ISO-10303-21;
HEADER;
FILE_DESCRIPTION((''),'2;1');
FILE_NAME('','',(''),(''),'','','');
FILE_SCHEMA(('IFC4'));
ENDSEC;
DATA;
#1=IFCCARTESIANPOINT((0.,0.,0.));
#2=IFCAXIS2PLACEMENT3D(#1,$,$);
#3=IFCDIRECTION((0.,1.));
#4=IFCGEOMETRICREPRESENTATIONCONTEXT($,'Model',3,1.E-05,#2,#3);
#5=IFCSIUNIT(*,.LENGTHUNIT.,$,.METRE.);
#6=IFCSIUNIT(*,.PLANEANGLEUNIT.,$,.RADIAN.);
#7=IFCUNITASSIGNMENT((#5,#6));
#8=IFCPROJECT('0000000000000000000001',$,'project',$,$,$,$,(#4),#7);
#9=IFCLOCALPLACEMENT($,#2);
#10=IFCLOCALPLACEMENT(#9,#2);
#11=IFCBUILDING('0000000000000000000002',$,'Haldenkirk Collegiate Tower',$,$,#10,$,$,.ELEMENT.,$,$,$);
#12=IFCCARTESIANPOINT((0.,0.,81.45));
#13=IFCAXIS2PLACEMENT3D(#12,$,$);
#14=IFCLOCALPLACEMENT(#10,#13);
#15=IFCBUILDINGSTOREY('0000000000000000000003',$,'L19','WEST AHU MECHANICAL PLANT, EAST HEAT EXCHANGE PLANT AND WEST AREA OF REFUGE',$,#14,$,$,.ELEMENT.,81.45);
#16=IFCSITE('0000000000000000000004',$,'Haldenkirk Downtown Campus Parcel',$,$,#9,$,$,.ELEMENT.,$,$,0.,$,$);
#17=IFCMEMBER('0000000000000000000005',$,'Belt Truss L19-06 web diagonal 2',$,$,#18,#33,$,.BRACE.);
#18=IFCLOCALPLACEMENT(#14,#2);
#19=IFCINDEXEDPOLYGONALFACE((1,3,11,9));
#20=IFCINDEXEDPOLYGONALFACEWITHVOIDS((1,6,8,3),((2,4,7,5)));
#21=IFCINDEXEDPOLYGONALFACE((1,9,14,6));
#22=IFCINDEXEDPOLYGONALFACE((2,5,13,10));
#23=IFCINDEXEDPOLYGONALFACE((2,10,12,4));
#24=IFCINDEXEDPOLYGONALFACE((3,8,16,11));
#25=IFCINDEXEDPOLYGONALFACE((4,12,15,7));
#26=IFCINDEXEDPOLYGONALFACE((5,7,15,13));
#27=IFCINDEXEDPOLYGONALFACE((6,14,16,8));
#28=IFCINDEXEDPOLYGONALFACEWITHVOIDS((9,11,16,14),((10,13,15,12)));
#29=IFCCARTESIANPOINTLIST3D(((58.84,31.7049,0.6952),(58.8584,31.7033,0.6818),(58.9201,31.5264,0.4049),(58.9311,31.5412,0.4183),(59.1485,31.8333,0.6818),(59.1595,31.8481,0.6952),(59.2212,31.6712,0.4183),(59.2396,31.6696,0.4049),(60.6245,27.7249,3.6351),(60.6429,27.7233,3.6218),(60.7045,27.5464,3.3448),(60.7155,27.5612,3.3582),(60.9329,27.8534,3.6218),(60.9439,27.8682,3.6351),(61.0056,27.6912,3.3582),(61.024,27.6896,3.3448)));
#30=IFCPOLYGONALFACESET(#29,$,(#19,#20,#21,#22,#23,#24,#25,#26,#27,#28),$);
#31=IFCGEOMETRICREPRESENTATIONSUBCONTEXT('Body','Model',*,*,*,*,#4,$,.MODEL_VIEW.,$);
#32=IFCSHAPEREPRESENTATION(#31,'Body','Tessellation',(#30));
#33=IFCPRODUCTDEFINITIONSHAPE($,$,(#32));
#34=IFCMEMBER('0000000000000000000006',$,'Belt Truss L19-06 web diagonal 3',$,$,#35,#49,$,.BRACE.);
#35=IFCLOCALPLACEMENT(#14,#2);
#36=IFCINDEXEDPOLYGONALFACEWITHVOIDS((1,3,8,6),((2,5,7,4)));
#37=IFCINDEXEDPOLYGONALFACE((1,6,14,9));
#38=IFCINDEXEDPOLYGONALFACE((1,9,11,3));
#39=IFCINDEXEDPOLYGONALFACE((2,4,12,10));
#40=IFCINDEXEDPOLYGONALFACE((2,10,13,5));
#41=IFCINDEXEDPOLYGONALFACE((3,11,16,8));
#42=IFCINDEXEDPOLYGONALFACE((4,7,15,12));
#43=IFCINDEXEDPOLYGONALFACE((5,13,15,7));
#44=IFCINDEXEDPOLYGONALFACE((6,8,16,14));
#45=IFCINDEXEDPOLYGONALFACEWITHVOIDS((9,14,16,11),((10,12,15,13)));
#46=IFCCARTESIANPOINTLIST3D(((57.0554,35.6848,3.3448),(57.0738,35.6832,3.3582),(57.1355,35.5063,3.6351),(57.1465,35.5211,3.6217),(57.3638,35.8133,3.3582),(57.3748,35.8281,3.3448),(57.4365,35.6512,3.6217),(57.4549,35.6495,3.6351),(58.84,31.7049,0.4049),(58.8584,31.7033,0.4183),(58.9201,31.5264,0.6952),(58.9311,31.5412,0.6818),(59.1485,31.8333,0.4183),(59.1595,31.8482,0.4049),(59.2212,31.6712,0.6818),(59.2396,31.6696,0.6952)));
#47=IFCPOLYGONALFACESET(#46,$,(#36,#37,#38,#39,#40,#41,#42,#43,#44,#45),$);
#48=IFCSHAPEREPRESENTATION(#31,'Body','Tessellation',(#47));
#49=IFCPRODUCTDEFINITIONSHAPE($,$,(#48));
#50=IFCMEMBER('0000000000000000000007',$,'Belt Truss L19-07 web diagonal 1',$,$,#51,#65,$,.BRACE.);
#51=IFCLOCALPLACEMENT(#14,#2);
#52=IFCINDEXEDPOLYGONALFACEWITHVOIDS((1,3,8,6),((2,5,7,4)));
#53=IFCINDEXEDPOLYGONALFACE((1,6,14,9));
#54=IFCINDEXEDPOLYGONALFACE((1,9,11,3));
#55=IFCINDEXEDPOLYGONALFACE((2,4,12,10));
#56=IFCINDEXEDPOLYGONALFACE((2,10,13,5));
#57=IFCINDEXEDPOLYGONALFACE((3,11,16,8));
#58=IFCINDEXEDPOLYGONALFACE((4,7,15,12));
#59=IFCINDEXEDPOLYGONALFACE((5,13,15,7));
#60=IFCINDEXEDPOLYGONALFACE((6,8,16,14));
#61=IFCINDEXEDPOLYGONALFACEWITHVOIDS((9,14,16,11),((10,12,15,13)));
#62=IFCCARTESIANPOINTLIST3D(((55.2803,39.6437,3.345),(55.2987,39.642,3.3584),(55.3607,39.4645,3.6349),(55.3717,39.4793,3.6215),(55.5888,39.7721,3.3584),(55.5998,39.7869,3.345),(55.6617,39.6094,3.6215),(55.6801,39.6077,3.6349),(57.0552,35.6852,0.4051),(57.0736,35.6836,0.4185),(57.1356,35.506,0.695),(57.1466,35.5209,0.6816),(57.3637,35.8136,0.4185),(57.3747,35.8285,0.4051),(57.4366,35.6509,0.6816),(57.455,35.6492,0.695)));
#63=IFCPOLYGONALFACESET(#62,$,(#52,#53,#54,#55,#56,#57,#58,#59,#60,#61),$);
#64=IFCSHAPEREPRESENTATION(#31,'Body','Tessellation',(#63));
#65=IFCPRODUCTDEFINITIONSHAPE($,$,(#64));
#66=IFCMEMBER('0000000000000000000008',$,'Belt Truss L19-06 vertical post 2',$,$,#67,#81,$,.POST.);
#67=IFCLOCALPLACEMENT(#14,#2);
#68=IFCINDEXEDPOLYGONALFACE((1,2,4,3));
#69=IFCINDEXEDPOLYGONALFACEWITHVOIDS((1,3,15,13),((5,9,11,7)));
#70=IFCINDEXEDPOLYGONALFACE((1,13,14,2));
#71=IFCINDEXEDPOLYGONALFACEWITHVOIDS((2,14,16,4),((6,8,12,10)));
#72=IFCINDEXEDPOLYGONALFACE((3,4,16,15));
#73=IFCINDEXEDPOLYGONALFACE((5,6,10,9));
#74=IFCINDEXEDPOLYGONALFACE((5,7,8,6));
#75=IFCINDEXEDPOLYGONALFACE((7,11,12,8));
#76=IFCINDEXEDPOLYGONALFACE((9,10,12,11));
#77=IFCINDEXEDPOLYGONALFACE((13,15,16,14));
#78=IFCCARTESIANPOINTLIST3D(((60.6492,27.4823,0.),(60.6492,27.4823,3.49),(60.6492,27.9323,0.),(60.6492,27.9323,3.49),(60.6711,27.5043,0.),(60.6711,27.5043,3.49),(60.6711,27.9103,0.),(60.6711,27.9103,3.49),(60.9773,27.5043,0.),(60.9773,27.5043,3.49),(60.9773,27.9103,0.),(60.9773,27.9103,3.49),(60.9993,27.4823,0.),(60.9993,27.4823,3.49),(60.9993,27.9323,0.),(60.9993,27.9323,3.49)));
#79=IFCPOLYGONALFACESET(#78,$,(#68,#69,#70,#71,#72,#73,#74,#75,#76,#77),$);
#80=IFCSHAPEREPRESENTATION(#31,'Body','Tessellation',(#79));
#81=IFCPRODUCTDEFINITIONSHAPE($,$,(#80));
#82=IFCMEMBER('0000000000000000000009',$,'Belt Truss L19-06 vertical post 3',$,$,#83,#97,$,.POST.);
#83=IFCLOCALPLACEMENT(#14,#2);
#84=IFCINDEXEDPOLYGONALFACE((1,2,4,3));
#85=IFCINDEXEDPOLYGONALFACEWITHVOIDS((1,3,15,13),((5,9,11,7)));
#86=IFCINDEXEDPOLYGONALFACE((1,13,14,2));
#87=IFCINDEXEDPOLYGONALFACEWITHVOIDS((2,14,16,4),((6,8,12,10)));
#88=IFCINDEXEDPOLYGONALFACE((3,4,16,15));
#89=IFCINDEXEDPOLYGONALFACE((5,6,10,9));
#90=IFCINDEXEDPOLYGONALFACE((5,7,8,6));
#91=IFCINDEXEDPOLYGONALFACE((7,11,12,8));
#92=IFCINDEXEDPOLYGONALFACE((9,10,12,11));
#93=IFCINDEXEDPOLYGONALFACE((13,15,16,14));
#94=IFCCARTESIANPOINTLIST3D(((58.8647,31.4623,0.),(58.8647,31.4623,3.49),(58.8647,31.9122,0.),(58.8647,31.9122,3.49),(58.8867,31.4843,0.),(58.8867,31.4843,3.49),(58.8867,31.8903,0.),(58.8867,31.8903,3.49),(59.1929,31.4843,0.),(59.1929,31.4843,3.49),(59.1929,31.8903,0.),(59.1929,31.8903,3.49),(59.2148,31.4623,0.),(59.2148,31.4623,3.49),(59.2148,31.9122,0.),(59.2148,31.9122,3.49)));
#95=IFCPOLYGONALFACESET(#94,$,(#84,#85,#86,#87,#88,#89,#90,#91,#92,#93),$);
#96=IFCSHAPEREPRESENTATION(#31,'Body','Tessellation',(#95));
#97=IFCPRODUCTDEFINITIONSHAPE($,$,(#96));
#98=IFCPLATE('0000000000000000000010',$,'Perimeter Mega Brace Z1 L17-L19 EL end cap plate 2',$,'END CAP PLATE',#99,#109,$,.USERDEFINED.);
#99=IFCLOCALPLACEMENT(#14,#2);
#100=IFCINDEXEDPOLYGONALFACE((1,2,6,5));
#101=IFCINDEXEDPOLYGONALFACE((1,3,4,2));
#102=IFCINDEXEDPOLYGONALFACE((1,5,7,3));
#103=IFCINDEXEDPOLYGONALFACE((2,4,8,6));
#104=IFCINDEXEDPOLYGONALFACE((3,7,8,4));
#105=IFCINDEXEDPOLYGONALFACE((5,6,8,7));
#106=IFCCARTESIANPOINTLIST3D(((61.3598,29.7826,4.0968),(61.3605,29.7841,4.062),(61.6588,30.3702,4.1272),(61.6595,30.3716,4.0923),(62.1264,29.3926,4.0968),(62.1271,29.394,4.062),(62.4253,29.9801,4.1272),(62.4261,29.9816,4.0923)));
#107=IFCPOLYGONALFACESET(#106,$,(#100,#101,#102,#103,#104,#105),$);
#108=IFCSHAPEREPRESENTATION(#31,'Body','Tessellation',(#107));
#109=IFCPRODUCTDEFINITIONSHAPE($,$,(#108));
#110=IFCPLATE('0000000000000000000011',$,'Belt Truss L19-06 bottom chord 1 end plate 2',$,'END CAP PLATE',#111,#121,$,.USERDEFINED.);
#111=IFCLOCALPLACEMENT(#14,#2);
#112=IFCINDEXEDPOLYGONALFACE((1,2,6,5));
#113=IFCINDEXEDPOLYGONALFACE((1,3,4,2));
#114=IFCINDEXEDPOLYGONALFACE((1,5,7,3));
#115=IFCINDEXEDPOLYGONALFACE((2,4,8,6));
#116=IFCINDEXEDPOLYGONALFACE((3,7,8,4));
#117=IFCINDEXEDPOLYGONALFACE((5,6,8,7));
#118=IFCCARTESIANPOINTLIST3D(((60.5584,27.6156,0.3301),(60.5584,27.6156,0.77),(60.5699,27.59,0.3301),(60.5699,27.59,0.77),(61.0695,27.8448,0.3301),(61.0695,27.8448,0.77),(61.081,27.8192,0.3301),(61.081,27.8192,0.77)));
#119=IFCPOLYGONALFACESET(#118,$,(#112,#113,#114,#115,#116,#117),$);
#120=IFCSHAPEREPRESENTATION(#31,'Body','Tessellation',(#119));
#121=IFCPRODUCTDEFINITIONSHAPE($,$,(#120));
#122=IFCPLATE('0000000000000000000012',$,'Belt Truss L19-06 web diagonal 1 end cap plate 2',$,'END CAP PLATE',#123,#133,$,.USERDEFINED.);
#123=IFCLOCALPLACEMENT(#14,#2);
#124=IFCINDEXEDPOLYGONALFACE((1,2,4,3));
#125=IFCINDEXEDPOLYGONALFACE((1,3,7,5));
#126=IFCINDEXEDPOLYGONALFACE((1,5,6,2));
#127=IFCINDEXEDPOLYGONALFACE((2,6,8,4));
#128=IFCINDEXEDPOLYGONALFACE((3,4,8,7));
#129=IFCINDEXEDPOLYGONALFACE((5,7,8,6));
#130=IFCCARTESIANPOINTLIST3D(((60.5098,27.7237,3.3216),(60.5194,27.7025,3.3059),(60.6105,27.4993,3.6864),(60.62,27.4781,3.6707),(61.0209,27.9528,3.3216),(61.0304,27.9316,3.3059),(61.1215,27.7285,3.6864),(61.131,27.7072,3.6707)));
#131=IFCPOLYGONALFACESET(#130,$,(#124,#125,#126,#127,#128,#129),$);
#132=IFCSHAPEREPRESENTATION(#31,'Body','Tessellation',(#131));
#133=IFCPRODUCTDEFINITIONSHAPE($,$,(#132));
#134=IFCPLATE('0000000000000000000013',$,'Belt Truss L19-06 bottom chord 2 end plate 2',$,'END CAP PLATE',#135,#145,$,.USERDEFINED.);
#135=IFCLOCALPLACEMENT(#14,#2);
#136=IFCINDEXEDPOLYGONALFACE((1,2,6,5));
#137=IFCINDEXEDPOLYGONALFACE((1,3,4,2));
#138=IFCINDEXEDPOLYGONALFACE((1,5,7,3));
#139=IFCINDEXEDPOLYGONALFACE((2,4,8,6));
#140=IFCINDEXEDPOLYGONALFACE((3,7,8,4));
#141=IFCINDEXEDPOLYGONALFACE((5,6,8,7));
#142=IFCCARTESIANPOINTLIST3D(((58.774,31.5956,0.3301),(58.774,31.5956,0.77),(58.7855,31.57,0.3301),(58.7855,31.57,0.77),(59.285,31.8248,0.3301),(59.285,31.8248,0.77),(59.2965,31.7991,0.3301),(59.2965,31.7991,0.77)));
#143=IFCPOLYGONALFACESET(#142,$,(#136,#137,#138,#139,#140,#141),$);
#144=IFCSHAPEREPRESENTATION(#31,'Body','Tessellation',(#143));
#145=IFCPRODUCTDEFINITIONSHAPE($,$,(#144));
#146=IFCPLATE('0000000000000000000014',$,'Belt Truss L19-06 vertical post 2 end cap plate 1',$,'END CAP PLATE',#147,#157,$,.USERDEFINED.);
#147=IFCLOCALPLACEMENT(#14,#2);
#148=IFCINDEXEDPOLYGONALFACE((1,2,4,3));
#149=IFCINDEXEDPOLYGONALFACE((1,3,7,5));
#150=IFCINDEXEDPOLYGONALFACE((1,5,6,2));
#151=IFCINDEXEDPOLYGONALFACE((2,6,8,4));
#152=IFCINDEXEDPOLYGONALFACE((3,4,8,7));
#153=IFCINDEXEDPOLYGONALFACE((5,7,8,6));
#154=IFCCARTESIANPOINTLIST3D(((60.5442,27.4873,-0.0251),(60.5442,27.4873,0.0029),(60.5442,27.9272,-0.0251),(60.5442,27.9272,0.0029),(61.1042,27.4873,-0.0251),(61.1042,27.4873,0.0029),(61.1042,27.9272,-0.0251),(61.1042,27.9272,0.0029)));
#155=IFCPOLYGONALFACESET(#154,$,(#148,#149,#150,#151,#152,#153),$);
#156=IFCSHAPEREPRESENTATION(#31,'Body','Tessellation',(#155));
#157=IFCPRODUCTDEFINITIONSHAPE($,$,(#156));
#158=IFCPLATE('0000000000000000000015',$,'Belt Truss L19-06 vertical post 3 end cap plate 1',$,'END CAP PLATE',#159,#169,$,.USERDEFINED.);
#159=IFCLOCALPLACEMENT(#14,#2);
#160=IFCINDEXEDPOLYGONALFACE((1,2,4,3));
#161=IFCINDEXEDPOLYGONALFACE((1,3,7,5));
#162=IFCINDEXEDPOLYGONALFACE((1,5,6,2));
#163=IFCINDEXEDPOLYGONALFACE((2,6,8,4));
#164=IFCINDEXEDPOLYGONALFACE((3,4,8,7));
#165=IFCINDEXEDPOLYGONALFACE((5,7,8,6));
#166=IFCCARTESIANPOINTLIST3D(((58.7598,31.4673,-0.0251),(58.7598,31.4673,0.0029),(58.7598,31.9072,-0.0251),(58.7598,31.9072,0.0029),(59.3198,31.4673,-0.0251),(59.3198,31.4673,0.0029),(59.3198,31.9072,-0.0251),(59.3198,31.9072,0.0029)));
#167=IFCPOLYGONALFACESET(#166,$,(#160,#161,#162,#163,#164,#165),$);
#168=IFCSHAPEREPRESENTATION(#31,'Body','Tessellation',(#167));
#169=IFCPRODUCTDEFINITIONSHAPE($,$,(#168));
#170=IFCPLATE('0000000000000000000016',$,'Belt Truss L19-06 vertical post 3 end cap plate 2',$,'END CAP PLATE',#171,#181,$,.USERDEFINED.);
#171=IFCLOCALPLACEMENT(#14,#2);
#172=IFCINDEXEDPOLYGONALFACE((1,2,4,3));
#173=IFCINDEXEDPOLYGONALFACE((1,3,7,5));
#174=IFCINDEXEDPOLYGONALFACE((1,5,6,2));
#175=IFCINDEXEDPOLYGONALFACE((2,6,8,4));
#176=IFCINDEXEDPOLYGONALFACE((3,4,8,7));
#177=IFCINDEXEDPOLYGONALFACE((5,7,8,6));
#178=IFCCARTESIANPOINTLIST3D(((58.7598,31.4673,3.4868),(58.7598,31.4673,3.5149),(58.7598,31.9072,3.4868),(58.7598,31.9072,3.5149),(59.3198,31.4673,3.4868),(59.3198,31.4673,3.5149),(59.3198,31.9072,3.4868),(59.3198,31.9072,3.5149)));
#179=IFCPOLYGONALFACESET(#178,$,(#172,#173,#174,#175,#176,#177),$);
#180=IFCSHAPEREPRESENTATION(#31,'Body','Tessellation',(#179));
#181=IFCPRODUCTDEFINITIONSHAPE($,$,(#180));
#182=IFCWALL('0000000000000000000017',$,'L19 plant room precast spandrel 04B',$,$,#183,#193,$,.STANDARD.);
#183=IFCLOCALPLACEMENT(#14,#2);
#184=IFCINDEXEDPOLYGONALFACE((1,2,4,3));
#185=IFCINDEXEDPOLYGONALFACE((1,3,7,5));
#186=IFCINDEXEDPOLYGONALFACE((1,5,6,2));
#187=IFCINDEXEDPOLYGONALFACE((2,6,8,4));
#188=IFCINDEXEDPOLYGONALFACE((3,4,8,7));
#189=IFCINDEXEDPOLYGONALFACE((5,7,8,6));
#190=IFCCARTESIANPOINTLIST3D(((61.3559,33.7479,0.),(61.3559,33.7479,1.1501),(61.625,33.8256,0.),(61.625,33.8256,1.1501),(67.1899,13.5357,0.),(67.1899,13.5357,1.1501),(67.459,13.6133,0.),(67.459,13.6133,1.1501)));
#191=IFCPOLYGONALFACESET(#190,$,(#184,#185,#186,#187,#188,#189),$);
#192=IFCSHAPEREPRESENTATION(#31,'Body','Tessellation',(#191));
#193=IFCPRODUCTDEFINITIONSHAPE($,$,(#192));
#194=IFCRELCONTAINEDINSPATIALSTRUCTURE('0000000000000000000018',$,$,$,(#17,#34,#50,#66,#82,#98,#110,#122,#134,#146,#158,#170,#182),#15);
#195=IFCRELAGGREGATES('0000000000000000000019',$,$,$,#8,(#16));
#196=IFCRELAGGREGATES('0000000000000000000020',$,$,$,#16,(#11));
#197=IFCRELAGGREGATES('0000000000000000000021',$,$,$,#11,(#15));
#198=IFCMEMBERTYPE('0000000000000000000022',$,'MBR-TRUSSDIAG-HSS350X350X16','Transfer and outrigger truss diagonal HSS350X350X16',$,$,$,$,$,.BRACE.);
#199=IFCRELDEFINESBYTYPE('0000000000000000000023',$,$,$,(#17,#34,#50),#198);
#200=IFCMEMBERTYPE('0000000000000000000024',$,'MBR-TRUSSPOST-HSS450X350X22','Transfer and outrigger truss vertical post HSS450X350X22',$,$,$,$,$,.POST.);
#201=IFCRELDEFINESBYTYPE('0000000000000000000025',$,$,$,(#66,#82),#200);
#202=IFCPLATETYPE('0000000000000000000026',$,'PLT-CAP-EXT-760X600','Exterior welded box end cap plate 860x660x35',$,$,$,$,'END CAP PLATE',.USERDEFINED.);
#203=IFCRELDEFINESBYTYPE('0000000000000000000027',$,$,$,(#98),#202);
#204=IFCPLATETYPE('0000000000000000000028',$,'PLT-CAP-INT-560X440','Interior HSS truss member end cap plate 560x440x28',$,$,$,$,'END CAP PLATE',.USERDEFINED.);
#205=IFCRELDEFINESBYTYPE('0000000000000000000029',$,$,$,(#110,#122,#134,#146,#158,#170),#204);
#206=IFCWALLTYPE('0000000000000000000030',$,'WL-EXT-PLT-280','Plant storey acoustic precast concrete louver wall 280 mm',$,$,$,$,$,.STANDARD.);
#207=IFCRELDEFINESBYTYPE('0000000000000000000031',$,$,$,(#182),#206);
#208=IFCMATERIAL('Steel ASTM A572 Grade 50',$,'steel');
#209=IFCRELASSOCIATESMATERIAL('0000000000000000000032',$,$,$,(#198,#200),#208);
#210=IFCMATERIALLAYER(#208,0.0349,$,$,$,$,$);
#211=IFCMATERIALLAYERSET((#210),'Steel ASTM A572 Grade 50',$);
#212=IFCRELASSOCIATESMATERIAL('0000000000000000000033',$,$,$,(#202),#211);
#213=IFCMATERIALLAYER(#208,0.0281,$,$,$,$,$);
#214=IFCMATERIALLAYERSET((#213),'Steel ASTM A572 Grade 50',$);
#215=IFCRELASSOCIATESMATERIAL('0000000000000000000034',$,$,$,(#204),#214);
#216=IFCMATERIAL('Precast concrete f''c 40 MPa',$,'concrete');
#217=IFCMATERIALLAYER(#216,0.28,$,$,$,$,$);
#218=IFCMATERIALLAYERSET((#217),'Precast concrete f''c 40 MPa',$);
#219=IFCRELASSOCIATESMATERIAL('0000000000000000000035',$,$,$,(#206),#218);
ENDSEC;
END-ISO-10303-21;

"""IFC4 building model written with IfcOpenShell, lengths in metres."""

from ifc_helpers import new_model, si_unit, direction, frame, frame_2d, origin, origin_2d, place, context, subcontext, project, spatial, rectangle, hollow_rectangle, extrude, source, transform, mapped, material, layer, layer_set, material_profile, profile_set, type_object, element, save


model = new_model("IFC4")

# Units and contexts
model_context = context("Model", 3, precision=1e-05, world=origin(), true_north=direction((0.0, 1.0)))
body_context = subcontext(model_context, "Body", "Model", "MODEL_VIEW")
ifc_project = project(units=[si_unit("LENGTHUNIT", "METRE"), si_unit("PLANEANGLEUNIT", "RADIAN")], contexts=[model_context])

# Site, building, storey
site_placement = place(None, origin())
site = spatial("IfcSite", under=ifc_project, at=site_placement, Name="Haldenkirk Downtown Campus Parcel", CompositionType="ELEMENT", RefElevation=0.0)
building_placement = place(site_placement, origin())
building = spatial("IfcBuilding", under=site, at=building_placement, Name="Haldenkirk Collegiate Tower", CompositionType="ELEMENT")
storey_placement = place(building_placement, frame((0.0, 0.0, 81.45)))
storey = spatial("IfcBuildingStorey", under=building, at=storey_placement, Name="L19", Description="WEST AHU MECHANICAL PLANT, EAST HEAT EXCHANGE PLANT AND WEST AREA OF REFUGE", CompositionType="ELEMENT", Elevation=81.45)

# Members
ifc_material_1 = material(Name="Steel ASTM A572 Grade 50", Category="steel")
ifc_material_profile_1 = material_profile(ifc_material_1, hollow_rectangle(XDim=0.3501, YDim=0.3501, WallThickness=0.0161, at=origin_2d()), Name="HSS350X350X16")
ifc_profile_set_1 = profile_set([ifc_material_profile_1], Name="Steel ASTM A572 Grade 50")
member_type_1 = type_object("IfcMemberType", Name="MBR-TRUSSDIAG-HSS350X350X16", Description="Transfer and outrigger truss diagonal HSS350X350X16", PredefinedType="BRACE", material=ifc_profile_set_1)
for number, where, z_axis, x_axis, name in (
    (1, (60.8242, 27.7073, 3.49), (-0.339244, 0.756649, -0.558924), (-0.912484, -0.409112, 0.0), "Belt Truss L19-06 web diagonal 2"),
    (2, (59.0398, 31.6873, 0.55), (-0.339285, 0.756637, 0.558915), (-0.912463, -0.409159, 0.0), "Belt Truss L19-06 web diagonal 3"),
):
    element("IfcMember", number, at=place(storey_placement, frame(where, z_axis=z_axis, x_axis=x_axis)), inside=storey, type_object=member_type_1, Name=name, PredefinedType="BRACE", context=body_context, shape_type="SweptSolid", body=[
        extrude(hollow_rectangle(XDim=0.3501, YDim=0.3501, WallThickness=0.0161, at=origin_2d()), origin(), (0.0, 0.0, 1.0), 5.26),
    ])
member_1_placement = place(storey_placement, frame((57.2551, 35.6672, 0.55), z_axis=(-0.338687, 0.755361, 0.561), x_axis=(-0.912475, -0.409133, 0.0)))
element("IfcMember", 3, at=member_1_placement, inside=storey, type_object=member_type_1, Name="Belt Truss L19-07 web diagonal 1", PredefinedType="BRACE", context=body_context, shape_type="SweptSolid", body=[
    extrude(hollow_rectangle(XDim=0.3501, YDim=0.3501, WallThickness=0.0161, at=origin_2d()), origin(), (0.0, 0.0, 1.0), 5.2405),
])
ifc_material_profile_2 = material_profile(ifc_material_1, hollow_rectangle(XDim=0.3501, YDim=0.45, WallThickness=0.022, at=origin_2d()), Name="HSS450X350X22")
ifc_profile_set_2 = profile_set([ifc_material_profile_2], Name="Steel ASTM A572 Grade 50")
member_type_2 = type_object("IfcMemberType", Name="MBR-TRUSSPOST-HSS450X350X22", Description="Transfer and outrigger truss vertical post HSS450X350X22", PredefinedType="POST", material=ifc_profile_set_2)
for number, where, z_axis, x_axis, name in (
    (4, (60.8242, 27.7073, 0.0), (0.0, 0.0, 1.0), (1.0, 0.0, 0.0), "Belt Truss L19-06 vertical post 2"),
    (5, (59.0398, 31.6873, 0.0), (0.0, 0.0, 1.0), (1.0, 0.0, 0.0), "Belt Truss L19-06 vertical post 3"),
):
    element("IfcMember", number, at=place(storey_placement, frame(where, z_axis=z_axis, x_axis=x_axis)), inside=storey, type_object=member_type_2, Name=name, PredefinedType="POST", context=body_context, shape_type="SweptSolid", body=[
        extrude(hollow_rectangle(XDim=0.3501, YDim=0.45, WallThickness=0.022, at=origin_2d()), origin(), (0.0, 0.0, 1.0), 3.49),
    ])

# Plates
ifc_layer_1 = layer(ifc_material_1, 0.0349)
ifc_layer_set_1 = layer_set([ifc_layer_1], Name="Steel ASTM A572 Grade 50")
plate_type_1 = type_object("IfcPlateType", Name="PLT-CAP-EXT-760X600", Description="Exterior welded box end cap plate 860x660x35", ElementType="END CAP PLATE", PredefinedType="USERDEFINED", material=ifc_layer_set_1)
shared_shape_1 = source(origin(), body_context, "Body", "SweptSolid", [
    extrude(rectangle(XDim=0.8601, YDim=0.6599, at=origin_2d()), origin(), (0.0, 0.0, 1.0), 0.0349),
])
plate_placement = place(storey_placement, frame((61.8933, 29.8828, 4.0771), z_axis=(-0.020869, -0.041015, 0.998941), x_axis=(0.891268, -0.453478, 0.0)))
element("IfcPlate", 6, at=plate_placement, inside=storey, type_object=plate_type_1, Name="Perimeter Mega Brace Z1 L17-L19 EL end cap plate 2", ObjectType="END CAP PLATE", PredefinedType="USERDEFINED", context=body_context, shape_type="MappedRepresentation", body=[
    mapped(shared_shape_1, transform((0.0, 0.0, 0.0), x_axis=(1.0, 0.0, 0.0), y_axis=(0.0, 1.0, 0.0), z_axis=(0.0, 0.0, 1.0), scale=1.0)),
])
ifc_layer_2 = layer(ifc_material_1, 0.0281)
ifc_layer_set_2 = layer_set([ifc_layer_2], Name="Steel ASTM A572 Grade 50")
plate_type_2 = type_object("IfcPlateType", Name="PLT-CAP-INT-560X440", Description="Interior HSS truss member end cap plate 560x440x28", ElementType="END CAP PLATE", PredefinedType="USERDEFINED", material=ifc_layer_set_2)
shared_shape_2 = source(origin(), body_context, "Body", "SweptSolid", [
    extrude(rectangle(XDim=0.5601, YDim=0.4399, at=origin_2d()), origin(), (0.0, 0.0, 1.0), 0.0281),
])
for number, where, z_axis, x_axis, name in (
    (7, (60.8254, 27.7046, 0.55), (-0.409124, 0.912479, 0.0), (-0.912479, -0.409124, 0.0), "Belt Truss L19-06 bottom chord 1 end plate 2"),
    (8, (60.8252, 27.7048, 3.4883), (-0.339258, 0.756634, 0.558935), (-0.912474, -0.409134, 0.0), "Belt Truss L19-06 web diagonal 1 end cap plate 2"),
    (9, (59.041, 31.6846, 0.55), (-0.409124, 0.912479, 0.0), (-0.912479, -0.409124, 0.0), "Belt Truss L19-06 bottom chord 2 end plate 2"),
    (10, (60.8242, 27.7073, 0.0029), (0.0, 0.0, -1.0), (1.0, 0.0, 0.0), "Belt Truss L19-06 vertical post 2 end cap plate 1"),
    (11, (59.0398, 31.6873, 0.0029), (0.0, 0.0, -1.0), (1.0, 0.0, 0.0), "Belt Truss L19-06 vertical post 3 end cap plate 1"),
    (12, (59.0398, 31.6873, 3.4868), (0.0, 0.0, 1.0), (1.0, 0.0, 0.0), "Belt Truss L19-06 vertical post 3 end cap plate 2"),
):
    element("IfcPlate", number, at=place(storey_placement, frame(where, z_axis=z_axis, x_axis=x_axis)), inside=storey, type_object=plate_type_2, Name=name, ObjectType="END CAP PLATE", PredefinedType="USERDEFINED", context=body_context, shape_type="MappedRepresentation", body=[
        mapped(shared_shape_2, transform((0.0, 0.0, 0.0), x_axis=(1.0, 0.0, 0.0), y_axis=(0.0, 1.0, 0.0), z_axis=(0.0, 0.0, 1.0), scale=1.0)),
    ])

# Wall
ifc_material_2 = material(Name="Precast concrete f'c 40 MPa", Category="concrete")
ifc_layer_3 = layer(ifc_material_2, 0.28)
ifc_layer_set_3 = layer_set([ifc_layer_3], Name="Precast concrete f'c 40 MPa")
wall_type = type_object("IfcWallType", Name="WL-EXT-PLT-280", Description="Plant storey acoustic precast concrete louver wall 280 mm", PredefinedType="STANDARD", material=ifc_layer_set_3)
wall_placement = place(storey_placement, frame((61.4905, 33.7866, 0.0), z_axis=(0.0, 0.0, 1.0), x_axis=(0.277317, -0.960779, 0.0)))
element("IfcWall", 13, at=wall_placement, inside=storey, type_object=wall_type, Name="L19 plant room precast spandrel 04B", PredefinedType="STANDARD", context=body_context, shape_type="SweptSolid", body=[
    extrude(rectangle(XDim=21.0374, YDim=0.28, at=frame_2d((10.5186, 0.0))), origin(), (0.0, 0.0, 1.0), 1.1501),
])

save(model, "model.ifc")
